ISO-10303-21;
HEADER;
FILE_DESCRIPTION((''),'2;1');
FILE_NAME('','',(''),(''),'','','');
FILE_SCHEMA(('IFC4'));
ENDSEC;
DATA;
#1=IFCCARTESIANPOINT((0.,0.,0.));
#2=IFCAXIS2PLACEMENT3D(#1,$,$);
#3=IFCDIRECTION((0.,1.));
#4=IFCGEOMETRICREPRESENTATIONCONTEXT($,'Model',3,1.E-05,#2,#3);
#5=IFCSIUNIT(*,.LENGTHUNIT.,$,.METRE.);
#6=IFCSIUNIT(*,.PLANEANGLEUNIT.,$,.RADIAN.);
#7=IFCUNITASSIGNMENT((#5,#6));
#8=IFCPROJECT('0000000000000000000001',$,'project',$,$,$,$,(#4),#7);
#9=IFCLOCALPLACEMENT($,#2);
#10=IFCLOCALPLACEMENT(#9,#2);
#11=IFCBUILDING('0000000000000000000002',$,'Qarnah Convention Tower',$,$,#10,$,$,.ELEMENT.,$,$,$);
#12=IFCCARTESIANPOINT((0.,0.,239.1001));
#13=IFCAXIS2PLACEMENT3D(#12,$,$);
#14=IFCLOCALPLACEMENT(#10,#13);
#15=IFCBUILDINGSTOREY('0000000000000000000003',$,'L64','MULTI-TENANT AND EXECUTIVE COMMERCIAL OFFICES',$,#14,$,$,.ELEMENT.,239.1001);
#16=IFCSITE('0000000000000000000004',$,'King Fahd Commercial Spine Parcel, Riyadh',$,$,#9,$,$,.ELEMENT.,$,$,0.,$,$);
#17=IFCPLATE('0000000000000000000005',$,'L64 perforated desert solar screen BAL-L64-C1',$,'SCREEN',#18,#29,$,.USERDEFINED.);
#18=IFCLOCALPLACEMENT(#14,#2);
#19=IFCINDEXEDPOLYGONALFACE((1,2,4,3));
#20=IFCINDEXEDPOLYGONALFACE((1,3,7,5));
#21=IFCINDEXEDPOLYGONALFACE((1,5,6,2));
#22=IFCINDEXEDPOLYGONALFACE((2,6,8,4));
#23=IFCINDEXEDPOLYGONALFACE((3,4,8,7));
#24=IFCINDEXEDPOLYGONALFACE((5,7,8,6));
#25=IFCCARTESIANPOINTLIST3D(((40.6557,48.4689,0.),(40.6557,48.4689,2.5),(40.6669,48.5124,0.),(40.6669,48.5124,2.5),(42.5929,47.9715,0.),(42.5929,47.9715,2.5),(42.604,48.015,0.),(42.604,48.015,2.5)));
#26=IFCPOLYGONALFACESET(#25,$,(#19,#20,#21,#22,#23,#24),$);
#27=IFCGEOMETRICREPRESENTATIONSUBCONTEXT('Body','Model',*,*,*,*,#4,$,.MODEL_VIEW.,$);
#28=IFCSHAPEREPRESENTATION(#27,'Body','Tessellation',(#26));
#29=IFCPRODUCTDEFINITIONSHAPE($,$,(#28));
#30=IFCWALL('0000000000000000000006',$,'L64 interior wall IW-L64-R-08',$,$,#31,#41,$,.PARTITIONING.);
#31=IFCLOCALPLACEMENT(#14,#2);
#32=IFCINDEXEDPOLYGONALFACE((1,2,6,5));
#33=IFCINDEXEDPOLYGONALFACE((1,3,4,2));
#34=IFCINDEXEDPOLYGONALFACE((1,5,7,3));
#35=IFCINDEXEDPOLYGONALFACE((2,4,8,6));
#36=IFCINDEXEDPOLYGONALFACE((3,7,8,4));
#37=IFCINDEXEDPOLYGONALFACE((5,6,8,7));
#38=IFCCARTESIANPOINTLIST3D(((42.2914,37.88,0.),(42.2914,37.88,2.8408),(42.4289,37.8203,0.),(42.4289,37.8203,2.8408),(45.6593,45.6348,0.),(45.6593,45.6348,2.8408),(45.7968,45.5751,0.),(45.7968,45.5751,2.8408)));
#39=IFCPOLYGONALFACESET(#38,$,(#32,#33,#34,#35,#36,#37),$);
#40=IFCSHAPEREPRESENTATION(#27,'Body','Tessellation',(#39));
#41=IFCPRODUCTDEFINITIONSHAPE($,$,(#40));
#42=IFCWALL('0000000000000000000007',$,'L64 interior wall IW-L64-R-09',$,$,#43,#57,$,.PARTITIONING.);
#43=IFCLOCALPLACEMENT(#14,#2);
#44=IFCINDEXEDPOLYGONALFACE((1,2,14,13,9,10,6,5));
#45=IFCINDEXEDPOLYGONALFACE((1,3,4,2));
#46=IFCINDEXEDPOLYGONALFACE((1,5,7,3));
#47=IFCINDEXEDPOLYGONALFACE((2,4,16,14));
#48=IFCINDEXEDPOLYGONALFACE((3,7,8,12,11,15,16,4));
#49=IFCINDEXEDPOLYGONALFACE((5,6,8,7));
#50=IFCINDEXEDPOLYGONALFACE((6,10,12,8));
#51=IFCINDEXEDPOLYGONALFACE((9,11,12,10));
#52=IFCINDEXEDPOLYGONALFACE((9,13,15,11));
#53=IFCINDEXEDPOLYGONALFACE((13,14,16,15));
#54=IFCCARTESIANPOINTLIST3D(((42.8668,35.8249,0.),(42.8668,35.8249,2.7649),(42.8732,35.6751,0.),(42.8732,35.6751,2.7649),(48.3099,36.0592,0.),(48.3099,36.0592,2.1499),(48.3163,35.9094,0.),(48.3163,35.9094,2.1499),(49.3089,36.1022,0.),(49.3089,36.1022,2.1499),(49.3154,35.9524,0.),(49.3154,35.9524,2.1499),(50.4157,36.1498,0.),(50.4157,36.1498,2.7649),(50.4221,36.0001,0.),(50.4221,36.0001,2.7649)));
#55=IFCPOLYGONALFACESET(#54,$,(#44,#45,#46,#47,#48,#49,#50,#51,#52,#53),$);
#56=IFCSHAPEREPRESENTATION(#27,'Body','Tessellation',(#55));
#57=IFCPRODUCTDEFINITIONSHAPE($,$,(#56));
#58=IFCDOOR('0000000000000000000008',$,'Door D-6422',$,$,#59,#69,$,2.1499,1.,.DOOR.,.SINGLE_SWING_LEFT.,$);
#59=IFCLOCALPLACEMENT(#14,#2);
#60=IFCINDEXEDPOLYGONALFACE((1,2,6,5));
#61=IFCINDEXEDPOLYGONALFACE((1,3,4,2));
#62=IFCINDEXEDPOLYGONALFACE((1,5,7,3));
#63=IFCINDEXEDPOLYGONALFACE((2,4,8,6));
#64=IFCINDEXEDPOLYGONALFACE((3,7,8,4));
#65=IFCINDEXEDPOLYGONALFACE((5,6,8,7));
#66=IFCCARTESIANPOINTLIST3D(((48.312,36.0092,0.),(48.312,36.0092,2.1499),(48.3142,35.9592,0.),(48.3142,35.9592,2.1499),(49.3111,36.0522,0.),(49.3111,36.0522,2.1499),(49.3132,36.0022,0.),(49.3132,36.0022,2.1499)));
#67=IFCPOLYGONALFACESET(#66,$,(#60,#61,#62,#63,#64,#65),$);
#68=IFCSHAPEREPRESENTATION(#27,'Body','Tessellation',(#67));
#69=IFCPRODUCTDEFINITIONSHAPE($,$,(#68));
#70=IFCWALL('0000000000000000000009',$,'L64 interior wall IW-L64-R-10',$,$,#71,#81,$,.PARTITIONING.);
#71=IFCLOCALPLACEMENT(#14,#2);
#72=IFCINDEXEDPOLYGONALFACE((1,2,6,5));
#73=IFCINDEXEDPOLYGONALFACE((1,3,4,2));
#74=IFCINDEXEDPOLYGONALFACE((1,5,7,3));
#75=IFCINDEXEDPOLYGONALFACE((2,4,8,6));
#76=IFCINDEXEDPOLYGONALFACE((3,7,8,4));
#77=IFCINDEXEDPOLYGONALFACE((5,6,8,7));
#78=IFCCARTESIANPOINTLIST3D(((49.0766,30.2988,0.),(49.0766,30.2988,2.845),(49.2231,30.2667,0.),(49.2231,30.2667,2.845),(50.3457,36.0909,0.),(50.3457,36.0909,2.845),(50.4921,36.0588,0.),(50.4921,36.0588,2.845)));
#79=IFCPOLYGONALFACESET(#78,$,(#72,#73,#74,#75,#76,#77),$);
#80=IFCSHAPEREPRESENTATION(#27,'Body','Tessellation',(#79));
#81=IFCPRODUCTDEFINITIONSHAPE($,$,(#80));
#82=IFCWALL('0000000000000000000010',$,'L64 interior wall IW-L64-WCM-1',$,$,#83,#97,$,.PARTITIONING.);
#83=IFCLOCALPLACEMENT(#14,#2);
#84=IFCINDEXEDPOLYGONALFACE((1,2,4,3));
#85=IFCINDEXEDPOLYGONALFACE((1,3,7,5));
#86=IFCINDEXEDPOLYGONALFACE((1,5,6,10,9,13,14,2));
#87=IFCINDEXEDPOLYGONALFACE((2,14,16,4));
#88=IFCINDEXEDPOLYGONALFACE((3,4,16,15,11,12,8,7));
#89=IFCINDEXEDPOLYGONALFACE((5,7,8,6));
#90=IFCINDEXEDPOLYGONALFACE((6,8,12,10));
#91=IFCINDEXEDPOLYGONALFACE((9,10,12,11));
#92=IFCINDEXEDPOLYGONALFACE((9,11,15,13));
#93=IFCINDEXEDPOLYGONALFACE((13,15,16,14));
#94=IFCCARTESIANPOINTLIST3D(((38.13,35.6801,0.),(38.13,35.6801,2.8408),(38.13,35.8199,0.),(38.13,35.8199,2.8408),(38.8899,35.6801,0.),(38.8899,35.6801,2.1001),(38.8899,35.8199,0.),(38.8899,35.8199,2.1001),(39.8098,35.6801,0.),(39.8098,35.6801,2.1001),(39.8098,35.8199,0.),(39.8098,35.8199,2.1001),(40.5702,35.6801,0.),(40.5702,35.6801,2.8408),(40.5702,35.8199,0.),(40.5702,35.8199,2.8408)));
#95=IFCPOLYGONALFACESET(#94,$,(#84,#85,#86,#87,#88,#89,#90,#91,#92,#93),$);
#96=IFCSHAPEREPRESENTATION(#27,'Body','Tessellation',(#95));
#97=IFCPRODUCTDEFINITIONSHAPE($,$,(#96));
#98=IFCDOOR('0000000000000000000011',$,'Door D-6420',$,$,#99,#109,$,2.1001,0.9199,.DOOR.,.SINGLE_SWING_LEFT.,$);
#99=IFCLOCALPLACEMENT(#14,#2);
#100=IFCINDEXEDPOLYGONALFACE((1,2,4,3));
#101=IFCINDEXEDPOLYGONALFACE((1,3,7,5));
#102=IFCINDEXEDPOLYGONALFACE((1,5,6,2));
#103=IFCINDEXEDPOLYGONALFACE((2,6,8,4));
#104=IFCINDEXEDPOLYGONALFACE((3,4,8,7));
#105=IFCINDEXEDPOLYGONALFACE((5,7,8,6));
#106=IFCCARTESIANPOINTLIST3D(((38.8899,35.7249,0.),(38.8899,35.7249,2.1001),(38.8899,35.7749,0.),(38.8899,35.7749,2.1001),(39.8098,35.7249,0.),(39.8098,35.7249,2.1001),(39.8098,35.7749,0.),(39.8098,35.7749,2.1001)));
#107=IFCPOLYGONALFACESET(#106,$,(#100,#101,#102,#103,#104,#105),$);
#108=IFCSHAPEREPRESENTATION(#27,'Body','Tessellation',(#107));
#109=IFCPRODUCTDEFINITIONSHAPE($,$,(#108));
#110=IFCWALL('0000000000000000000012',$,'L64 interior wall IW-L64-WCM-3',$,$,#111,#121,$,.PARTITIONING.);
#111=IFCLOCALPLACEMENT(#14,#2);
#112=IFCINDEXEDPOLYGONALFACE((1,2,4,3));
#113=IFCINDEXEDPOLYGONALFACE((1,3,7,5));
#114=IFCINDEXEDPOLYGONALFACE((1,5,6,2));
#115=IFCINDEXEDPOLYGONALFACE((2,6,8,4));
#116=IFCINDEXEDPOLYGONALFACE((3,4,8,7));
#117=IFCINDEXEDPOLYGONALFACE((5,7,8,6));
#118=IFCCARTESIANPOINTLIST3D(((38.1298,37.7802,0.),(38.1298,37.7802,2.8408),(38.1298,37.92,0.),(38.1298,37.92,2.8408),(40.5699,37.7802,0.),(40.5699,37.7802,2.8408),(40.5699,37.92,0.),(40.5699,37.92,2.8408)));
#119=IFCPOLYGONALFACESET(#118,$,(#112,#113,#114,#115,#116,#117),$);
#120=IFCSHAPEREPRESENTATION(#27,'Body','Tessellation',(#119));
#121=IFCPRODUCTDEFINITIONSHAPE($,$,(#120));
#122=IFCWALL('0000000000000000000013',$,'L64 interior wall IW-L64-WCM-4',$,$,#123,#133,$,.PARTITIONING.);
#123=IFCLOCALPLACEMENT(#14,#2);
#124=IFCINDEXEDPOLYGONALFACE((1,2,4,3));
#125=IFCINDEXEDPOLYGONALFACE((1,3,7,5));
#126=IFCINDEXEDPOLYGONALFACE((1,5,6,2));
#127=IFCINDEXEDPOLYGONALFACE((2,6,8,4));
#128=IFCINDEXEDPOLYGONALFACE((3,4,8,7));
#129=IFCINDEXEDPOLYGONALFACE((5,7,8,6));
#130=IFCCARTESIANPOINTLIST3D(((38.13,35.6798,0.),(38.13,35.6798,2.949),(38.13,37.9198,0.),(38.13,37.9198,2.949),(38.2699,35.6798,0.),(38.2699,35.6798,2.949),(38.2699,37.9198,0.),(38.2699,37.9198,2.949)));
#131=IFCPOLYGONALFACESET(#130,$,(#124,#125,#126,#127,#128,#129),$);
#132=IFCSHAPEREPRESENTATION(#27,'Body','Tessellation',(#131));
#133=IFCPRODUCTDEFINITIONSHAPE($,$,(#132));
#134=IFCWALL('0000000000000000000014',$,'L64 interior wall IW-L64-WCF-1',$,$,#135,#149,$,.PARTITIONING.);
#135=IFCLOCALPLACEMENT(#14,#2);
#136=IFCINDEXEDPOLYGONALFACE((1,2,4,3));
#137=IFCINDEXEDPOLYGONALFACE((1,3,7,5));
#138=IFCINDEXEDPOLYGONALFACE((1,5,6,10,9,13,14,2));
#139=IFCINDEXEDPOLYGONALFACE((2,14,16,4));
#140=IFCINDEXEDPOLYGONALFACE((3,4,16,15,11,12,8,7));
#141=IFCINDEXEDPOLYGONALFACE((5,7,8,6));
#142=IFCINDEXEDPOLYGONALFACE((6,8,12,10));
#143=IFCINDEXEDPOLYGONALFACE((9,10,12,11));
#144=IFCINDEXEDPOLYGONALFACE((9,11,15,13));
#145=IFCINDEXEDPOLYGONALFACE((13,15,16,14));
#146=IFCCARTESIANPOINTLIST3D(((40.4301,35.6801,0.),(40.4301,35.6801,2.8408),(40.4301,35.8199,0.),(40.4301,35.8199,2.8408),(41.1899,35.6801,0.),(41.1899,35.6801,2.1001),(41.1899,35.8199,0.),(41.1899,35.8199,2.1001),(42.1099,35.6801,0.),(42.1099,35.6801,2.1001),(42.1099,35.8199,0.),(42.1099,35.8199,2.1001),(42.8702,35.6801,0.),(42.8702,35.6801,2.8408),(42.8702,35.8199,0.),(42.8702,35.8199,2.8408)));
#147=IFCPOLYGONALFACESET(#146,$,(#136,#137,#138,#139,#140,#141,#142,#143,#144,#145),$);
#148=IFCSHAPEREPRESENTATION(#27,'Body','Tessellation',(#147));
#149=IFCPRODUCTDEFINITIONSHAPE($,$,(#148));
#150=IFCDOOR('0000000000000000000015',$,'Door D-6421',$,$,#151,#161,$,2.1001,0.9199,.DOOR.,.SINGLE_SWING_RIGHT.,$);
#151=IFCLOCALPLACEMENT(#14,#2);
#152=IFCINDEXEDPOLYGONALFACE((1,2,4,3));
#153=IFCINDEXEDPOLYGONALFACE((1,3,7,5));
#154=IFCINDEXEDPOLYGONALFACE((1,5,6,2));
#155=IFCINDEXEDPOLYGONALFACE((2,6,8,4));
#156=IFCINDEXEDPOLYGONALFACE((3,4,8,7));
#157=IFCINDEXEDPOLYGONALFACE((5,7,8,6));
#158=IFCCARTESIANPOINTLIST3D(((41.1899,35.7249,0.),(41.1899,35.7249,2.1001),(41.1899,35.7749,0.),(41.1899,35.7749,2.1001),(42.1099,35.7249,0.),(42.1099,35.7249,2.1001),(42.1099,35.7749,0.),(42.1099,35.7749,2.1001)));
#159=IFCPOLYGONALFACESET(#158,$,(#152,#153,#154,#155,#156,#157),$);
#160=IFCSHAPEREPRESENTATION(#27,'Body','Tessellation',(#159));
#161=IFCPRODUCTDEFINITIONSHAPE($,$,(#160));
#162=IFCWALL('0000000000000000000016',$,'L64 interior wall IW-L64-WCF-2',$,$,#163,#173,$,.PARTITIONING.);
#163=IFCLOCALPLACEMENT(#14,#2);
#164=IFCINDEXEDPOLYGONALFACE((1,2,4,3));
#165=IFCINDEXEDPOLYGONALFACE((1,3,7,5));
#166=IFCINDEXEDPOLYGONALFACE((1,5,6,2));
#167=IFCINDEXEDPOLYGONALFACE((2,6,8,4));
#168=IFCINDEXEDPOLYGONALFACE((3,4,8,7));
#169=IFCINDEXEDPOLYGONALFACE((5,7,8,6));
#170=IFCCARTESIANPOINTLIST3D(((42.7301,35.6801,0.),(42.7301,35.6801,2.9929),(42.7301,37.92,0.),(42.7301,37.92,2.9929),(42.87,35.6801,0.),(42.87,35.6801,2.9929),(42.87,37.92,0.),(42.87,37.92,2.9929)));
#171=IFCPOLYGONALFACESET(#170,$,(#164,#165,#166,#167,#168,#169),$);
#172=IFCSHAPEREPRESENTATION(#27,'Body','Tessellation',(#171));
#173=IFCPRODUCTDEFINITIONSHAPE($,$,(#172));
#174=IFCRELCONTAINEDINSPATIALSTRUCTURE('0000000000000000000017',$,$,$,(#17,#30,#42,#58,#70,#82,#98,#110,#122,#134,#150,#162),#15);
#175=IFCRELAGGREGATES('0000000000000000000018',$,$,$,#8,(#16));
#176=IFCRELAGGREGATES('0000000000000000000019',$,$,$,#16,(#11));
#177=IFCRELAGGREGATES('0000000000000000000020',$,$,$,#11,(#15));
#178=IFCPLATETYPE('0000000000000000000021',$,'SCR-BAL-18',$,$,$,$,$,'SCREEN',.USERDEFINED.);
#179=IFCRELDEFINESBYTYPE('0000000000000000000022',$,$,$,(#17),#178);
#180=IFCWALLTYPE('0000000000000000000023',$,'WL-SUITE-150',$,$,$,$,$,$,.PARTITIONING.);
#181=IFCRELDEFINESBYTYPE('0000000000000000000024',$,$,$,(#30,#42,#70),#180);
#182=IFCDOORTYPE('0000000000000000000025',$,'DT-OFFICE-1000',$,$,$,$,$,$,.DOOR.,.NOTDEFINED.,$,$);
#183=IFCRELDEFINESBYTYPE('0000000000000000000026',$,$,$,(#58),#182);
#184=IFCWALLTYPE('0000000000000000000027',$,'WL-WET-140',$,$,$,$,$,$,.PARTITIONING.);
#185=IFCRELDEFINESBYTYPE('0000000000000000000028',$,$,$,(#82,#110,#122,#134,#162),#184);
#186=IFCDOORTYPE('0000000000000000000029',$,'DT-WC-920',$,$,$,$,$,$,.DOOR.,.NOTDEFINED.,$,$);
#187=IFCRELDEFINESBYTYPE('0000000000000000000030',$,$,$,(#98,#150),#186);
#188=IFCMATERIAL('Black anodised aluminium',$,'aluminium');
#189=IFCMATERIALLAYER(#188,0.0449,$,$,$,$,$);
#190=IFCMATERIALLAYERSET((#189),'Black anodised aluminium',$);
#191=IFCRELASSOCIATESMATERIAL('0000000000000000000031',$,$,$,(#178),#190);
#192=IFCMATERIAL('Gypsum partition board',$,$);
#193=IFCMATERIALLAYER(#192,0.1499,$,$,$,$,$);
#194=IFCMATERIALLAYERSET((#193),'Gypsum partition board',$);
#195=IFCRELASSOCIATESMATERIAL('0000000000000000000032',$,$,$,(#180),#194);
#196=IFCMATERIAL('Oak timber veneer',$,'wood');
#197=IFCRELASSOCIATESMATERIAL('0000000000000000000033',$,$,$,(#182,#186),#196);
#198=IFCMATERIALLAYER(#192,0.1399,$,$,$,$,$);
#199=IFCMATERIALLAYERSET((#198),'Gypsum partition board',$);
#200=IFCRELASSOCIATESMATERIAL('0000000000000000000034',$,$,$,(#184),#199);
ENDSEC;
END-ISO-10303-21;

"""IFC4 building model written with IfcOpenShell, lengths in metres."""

from ifc_helpers import new_model, si_unit, direction, frame, frame_2d, origin, origin_2d, place, context, subcontext, project, spatial, rectangle, extrude, material, layer, layer_set, type_object, element, fill, save


model = new_model("IFC4")

# Units and contexts
model_context = context("Model", 3, precision=1e-05, world=origin(), true_north=direction((0.0, 1.0)))
body_context = subcontext(model_context, "Body", "Model", "MODEL_VIEW")
ifc_project = project(units=[si_unit("LENGTHUNIT", "METRE"), si_unit("PLANEANGLEUNIT", "RADIAN")], contexts=[model_context])

# Site, building, storey
site_placement = place(None, origin())
site = spatial("IfcSite", under=ifc_project, at=site_placement, Name="King Fahd Commercial Spine Parcel, Riyadh", CompositionType="ELEMENT", RefElevation=0.0)
building_placement = place(site_placement, origin())
building = spatial("IfcBuilding", under=site, at=building_placement, Name="Qarnah Convention Tower", CompositionType="ELEMENT")
storey_placement = place(building_placement, frame((0.0, 0.0, 239.1001)))
storey = spatial("IfcBuildingStorey", under=building, at=storey_placement, Name="L64", Description="MULTI-TENANT AND EXECUTIVE COMMERCIAL OFFICES", CompositionType="ELEMENT", Elevation=239.1001)

# Shared definitions
ifc_material_1 = material(Name="Black anodised aluminium", Category="aluminium")

# Plate
ifc_layer_1 = layer(ifc_material_1, 0.0449)
ifc_layer_set_1 = layer_set([ifc_layer_1], Name="Black anodised aluminium")
plate_type_1 = type_object("IfcPlateType", Name="SCR-BAL-18", ElementType="SCREEN", PredefinedType="USERDEFINED", material=ifc_layer_set_1)
plate_1_placement = place(storey_placement, frame((41.6299, 48.2419, 0.0), z_axis=(0.0, 0.0, 1.0), x_axis=(0.968579, -0.248707, 0.0)))
element("IfcPlate", 1, at=plate_1_placement, inside=storey, type_object=plate_type_1, Name="L64 perforated desert solar screen BAL-L64-C1", ObjectType="SCREEN", PredefinedType="USERDEFINED", context=body_context, shape_type="SweptSolid", body=[
    extrude(rectangle(XDim=2.0, YDim=0.0449, at=origin_2d()), origin(), (0.0, 0.0, 1.0), 2.5),
])

# Wall
ifc_material_2 = material(Name="Gypsum partition board")
ifc_layer_2 = layer(ifc_material_2, 0.1499)
ifc_layer_set_2 = layer_set([ifc_layer_2], Name="Gypsum partition board")
wall_type_1 = type_object("IfcWallType", Name="WL-SUITE-150", PredefinedType="PARTITIONING", material=ifc_layer_set_2)
wall_1_placement = place(storey_placement, frame((45.728, 45.605, 0.0), z_axis=(0.0, 0.0, 1.0), x_axis=(-0.398351, -0.917233, 0.0)))
element("IfcWall", 2, at=wall_1_placement, inside=storey, type_object=wall_type_1, Name="L64 interior wall IW-L64-R-08", PredefinedType="PARTITIONING", context=body_context, shape_type="SweptSolid", body=[
    extrude(rectangle(XDim=8.4546, YDim=0.1499, at=frame_2d((4.2273, 0.0))), origin(), (0.0, 0.0, 1.0), 2.8408),
])

# Wall, opening, door
wall_2_placement = place(storey_placement, frame((42.8701, 35.75, 0.0), z_axis=(0.0, 0.0, 1.0), x_axis=(0.999075, 0.043007, 0.0)))
wall_2 = element("IfcWall", 3, at=wall_2_placement, inside=storey, type_object=wall_type_1, Name="L64 interior wall IW-L64-R-09", PredefinedType="PARTITIONING", context=body_context, shape_type="SweptSolid", body=[
    extrude(rectangle(XDim=7.5559, YDim=0.1499, at=frame_2d((3.7778, 0.0))), origin(), (0.0, 0.0, 1.0), 2.7649),
])
opening_1_placement = place(wall_2_placement, frame((5.448, 0.0, 0.0)))
opening_1 = element("IfcOpeningElement", 4, at=opening_1_placement, cuts=wall_2, PredefinedType="OPENING", context=body_context, shape_type="SweptSolid", body=[
    extrude(rectangle(XDim=1.0, YDim=2.1499, at=frame_2d((0.5, 1.075))), frame((0.0, 0.085, 0.0), z_axis=(0.0, -1.0, 0.0), x_axis=(1.0, 0.0, 0.0)), (0.0, 0.0, 1.0), 0.1699),
])
ifc_material_3 = material(Name="Oak timber veneer", Category="wood")
door_type_1 = type_object("IfcDoorType", Name="DT-OFFICE-1000", OperationType="NOTDEFINED", PredefinedType="DOOR", material=ifc_material_3)
door_1_placement = place(opening_1_placement, origin())
door_1 = element("IfcDoor", 5, at=door_1_placement, inside=storey, type_object=door_type_1, Name="Door D-6422", OperationType="SINGLE_SWING_LEFT", OverallHeight=2.1499, OverallWidth=1.0, PredefinedType="DOOR", context=body_context, shape_type="SweptSolid", body=[
    extrude(rectangle(XDim=1.0, YDim=2.1499, at=frame_2d((0.5, 1.075))), frame((0.0, 0.0249, 0.0), z_axis=(0.0, -1.0, 0.0), x_axis=(1.0, 0.0, 0.0)), (0.0, 0.0, 1.0), 0.05),
])
fill(opening_1, door_1)

# Wall
wall_3_placement = place(storey_placement, frame((50.4189, 36.075, 0.0), z_axis=(0.0, 0.0, 1.0), x_axis=(-0.214026, -0.976828, 0.0)))
element("IfcWall", 6, at=wall_3_placement, inside=storey, type_object=wall_type_1, Name="L64 interior wall IW-L64-R-10", PredefinedType="PARTITIONING", context=body_context, shape_type="SweptSolid", body=[
    extrude(rectangle(XDim=5.9294, YDim=0.1499, at=frame_2d((2.9648, 0.0))), origin(), (0.0, 0.0, 1.0), 2.845),
])

# Wall, opening, door
ifc_layer_3 = layer(ifc_material_2, 0.1399)
ifc_layer_set_3 = layer_set([ifc_layer_3], Name="Gypsum partition board")
wall_type_2 = type_object("IfcWallType", Name="WL-WET-140", PredefinedType="PARTITIONING", material=ifc_layer_set_3)
wall_4_placement = place(storey_placement, frame((38.1299, 35.75, 0.0), z_axis=(0.0, 0.0, 1.0), x_axis=(1.0, 0.0, 0.0)))
wall_4 = element("IfcWall", 7, at=wall_4_placement, inside=storey, type_object=wall_type_2, Name="L64 interior wall IW-L64-WCM-1", PredefinedType="PARTITIONING", context=body_context, shape_type="SweptSolid", body=[
    extrude(rectangle(XDim=2.4402, YDim=0.1399, at=frame_2d((1.2202, 0.0))), origin(), (0.0, 0.0, 1.0), 2.8408),
])
opening_2_placement = place(wall_4_placement, frame((0.76, 0.0, 0.0)))
opening_2 = element("IfcOpeningElement", 8, at=opening_2_placement, cuts=wall_4, PredefinedType="OPENING", context=body_context, shape_type="SweptSolid", body=[
    extrude(rectangle(XDim=0.9199, YDim=2.1001, at=frame_2d((0.46, 1.05))), frame((0.0, 0.0798, 0.0), z_axis=(0.0, -1.0, 0.0), x_axis=(1.0, 0.0, 0.0)), (0.0, 0.0, 1.0), 0.1599),
])
door_type_2 = type_object("IfcDoorType", Name="DT-WC-920", OperationType="NOTDEFINED", PredefinedType="DOOR", material=ifc_material_3)
door_2_placement = place(opening_2_placement, origin())
door_2 = element("IfcDoor", 9, at=door_2_placement, inside=storey, type_object=door_type_2, Name="Door D-6420", OperationType="SINGLE_SWING_LEFT", OverallHeight=2.1001, OverallWidth=0.9199, PredefinedType="DOOR", context=body_context, shape_type="SweptSolid", body=[
    extrude(rectangle(XDim=0.9199, YDim=2.1001, at=frame_2d((0.46, 1.05))), frame((0.0, 0.0249, 0.0), z_axis=(0.0, -1.0, 0.0), x_axis=(1.0, 0.0, 0.0)), (0.0, 0.0, 1.0), 0.05),
])
fill(opening_2, door_2)

# Walls
wall_5_placement = place(storey_placement, frame((40.5701, 37.8501, 0.0), z_axis=(0.0, 0.0, 1.0), x_axis=(-1.0, 0.0, 0.0)))
element("IfcWall", 10, at=wall_5_placement, inside=storey, type_object=wall_type_2, Name="L64 interior wall IW-L64-WCM-3", PredefinedType="PARTITIONING", context=body_context, shape_type="SweptSolid", body=[
    extrude(rectangle(XDim=2.4402, YDim=0.1399, at=frame_2d((1.2202, 0.0))), origin(), (0.0, 0.0, 1.0), 2.8408),
])
wall_6_placement = place(storey_placement, frame((38.2, 37.9199, 0.0), z_axis=(0.0, 0.0, 1.0), x_axis=(0.0, -1.0, 0.0)))
element("IfcWall", 11, at=wall_6_placement, inside=storey, type_object=wall_type_2, Name="L64 interior wall IW-L64-WCM-4", PredefinedType="PARTITIONING", context=body_context, shape_type="SweptSolid", body=[
    extrude(rectangle(XDim=2.24, YDim=0.1399, at=frame_2d((1.1201, 0.0))), origin(), (0.0, 0.0, 1.0), 2.949),
])

# Wall, opening, door
wall_7_placement = place(storey_placement, frame((40.4299, 35.75, 0.0), z_axis=(0.0, 0.0, 1.0), x_axis=(1.0, 0.0, 0.0)))
wall_7 = element("IfcWall", 12, at=wall_7_placement, inside=storey, type_object=wall_type_2, Name="L64 interior wall IW-L64-WCF-1", PredefinedType="PARTITIONING", context=body_context, shape_type="SweptSolid", body=[
    extrude(rectangle(XDim=2.4402, YDim=0.1399, at=frame_2d((1.2202, 0.0))), origin(), (0.0, 0.0, 1.0), 2.8408),
])
opening_3_placement = place(wall_7_placement, frame((0.76, 0.0, 0.0)))
opening_3 = element("IfcOpeningElement", 13, at=opening_3_placement, cuts=wall_7, PredefinedType="OPENING", context=body_context, shape_type="SweptSolid", body=[
    extrude(rectangle(XDim=0.9199, YDim=2.1001, at=frame_2d((0.46, 1.05))), frame((0.0, 0.0798, 0.0), z_axis=(0.0, -1.0, 0.0), x_axis=(1.0, 0.0, 0.0)), (0.0, 0.0, 1.0), 0.1599),
])
door_3_placement = place(opening_3_placement, origin())
door_3 = element("IfcDoor", 14, at=door_3_placement, inside=storey, type_object=door_type_2, Name="Door D-6421", OperationType="SINGLE_SWING_RIGHT", OverallHeight=2.1001, OverallWidth=0.9199, PredefinedType="DOOR", context=body_context, shape_type="SweptSolid", body=[
    extrude(rectangle(XDim=0.9199, YDim=2.1001, at=frame_2d((0.46, 1.05))), frame((0.0, 0.0249, 0.0), z_axis=(0.0, -1.0, 0.0), x_axis=(1.0, 0.0, 0.0)), (0.0, 0.0, 1.0), 0.05),
])
fill(opening_3, door_3)

# Wall
wall_8_placement = place(storey_placement, frame((42.8, 35.6799, 0.0), z_axis=(0.0, 0.0, 1.0), x_axis=(0.0, 1.0, 0.0)))
element("IfcWall", 15, at=wall_8_placement, inside=storey, type_object=wall_type_2, Name="L64 interior wall IW-L64-WCF-2", PredefinedType="PARTITIONING", context=body_context, shape_type="SweptSolid", body=[
    extrude(rectangle(XDim=2.24, YDim=0.1399, at=frame_2d((1.1201, 0.0))), origin(), (0.0, 0.0, 1.0), 2.9929),
])

save(model, "model.ifc")
